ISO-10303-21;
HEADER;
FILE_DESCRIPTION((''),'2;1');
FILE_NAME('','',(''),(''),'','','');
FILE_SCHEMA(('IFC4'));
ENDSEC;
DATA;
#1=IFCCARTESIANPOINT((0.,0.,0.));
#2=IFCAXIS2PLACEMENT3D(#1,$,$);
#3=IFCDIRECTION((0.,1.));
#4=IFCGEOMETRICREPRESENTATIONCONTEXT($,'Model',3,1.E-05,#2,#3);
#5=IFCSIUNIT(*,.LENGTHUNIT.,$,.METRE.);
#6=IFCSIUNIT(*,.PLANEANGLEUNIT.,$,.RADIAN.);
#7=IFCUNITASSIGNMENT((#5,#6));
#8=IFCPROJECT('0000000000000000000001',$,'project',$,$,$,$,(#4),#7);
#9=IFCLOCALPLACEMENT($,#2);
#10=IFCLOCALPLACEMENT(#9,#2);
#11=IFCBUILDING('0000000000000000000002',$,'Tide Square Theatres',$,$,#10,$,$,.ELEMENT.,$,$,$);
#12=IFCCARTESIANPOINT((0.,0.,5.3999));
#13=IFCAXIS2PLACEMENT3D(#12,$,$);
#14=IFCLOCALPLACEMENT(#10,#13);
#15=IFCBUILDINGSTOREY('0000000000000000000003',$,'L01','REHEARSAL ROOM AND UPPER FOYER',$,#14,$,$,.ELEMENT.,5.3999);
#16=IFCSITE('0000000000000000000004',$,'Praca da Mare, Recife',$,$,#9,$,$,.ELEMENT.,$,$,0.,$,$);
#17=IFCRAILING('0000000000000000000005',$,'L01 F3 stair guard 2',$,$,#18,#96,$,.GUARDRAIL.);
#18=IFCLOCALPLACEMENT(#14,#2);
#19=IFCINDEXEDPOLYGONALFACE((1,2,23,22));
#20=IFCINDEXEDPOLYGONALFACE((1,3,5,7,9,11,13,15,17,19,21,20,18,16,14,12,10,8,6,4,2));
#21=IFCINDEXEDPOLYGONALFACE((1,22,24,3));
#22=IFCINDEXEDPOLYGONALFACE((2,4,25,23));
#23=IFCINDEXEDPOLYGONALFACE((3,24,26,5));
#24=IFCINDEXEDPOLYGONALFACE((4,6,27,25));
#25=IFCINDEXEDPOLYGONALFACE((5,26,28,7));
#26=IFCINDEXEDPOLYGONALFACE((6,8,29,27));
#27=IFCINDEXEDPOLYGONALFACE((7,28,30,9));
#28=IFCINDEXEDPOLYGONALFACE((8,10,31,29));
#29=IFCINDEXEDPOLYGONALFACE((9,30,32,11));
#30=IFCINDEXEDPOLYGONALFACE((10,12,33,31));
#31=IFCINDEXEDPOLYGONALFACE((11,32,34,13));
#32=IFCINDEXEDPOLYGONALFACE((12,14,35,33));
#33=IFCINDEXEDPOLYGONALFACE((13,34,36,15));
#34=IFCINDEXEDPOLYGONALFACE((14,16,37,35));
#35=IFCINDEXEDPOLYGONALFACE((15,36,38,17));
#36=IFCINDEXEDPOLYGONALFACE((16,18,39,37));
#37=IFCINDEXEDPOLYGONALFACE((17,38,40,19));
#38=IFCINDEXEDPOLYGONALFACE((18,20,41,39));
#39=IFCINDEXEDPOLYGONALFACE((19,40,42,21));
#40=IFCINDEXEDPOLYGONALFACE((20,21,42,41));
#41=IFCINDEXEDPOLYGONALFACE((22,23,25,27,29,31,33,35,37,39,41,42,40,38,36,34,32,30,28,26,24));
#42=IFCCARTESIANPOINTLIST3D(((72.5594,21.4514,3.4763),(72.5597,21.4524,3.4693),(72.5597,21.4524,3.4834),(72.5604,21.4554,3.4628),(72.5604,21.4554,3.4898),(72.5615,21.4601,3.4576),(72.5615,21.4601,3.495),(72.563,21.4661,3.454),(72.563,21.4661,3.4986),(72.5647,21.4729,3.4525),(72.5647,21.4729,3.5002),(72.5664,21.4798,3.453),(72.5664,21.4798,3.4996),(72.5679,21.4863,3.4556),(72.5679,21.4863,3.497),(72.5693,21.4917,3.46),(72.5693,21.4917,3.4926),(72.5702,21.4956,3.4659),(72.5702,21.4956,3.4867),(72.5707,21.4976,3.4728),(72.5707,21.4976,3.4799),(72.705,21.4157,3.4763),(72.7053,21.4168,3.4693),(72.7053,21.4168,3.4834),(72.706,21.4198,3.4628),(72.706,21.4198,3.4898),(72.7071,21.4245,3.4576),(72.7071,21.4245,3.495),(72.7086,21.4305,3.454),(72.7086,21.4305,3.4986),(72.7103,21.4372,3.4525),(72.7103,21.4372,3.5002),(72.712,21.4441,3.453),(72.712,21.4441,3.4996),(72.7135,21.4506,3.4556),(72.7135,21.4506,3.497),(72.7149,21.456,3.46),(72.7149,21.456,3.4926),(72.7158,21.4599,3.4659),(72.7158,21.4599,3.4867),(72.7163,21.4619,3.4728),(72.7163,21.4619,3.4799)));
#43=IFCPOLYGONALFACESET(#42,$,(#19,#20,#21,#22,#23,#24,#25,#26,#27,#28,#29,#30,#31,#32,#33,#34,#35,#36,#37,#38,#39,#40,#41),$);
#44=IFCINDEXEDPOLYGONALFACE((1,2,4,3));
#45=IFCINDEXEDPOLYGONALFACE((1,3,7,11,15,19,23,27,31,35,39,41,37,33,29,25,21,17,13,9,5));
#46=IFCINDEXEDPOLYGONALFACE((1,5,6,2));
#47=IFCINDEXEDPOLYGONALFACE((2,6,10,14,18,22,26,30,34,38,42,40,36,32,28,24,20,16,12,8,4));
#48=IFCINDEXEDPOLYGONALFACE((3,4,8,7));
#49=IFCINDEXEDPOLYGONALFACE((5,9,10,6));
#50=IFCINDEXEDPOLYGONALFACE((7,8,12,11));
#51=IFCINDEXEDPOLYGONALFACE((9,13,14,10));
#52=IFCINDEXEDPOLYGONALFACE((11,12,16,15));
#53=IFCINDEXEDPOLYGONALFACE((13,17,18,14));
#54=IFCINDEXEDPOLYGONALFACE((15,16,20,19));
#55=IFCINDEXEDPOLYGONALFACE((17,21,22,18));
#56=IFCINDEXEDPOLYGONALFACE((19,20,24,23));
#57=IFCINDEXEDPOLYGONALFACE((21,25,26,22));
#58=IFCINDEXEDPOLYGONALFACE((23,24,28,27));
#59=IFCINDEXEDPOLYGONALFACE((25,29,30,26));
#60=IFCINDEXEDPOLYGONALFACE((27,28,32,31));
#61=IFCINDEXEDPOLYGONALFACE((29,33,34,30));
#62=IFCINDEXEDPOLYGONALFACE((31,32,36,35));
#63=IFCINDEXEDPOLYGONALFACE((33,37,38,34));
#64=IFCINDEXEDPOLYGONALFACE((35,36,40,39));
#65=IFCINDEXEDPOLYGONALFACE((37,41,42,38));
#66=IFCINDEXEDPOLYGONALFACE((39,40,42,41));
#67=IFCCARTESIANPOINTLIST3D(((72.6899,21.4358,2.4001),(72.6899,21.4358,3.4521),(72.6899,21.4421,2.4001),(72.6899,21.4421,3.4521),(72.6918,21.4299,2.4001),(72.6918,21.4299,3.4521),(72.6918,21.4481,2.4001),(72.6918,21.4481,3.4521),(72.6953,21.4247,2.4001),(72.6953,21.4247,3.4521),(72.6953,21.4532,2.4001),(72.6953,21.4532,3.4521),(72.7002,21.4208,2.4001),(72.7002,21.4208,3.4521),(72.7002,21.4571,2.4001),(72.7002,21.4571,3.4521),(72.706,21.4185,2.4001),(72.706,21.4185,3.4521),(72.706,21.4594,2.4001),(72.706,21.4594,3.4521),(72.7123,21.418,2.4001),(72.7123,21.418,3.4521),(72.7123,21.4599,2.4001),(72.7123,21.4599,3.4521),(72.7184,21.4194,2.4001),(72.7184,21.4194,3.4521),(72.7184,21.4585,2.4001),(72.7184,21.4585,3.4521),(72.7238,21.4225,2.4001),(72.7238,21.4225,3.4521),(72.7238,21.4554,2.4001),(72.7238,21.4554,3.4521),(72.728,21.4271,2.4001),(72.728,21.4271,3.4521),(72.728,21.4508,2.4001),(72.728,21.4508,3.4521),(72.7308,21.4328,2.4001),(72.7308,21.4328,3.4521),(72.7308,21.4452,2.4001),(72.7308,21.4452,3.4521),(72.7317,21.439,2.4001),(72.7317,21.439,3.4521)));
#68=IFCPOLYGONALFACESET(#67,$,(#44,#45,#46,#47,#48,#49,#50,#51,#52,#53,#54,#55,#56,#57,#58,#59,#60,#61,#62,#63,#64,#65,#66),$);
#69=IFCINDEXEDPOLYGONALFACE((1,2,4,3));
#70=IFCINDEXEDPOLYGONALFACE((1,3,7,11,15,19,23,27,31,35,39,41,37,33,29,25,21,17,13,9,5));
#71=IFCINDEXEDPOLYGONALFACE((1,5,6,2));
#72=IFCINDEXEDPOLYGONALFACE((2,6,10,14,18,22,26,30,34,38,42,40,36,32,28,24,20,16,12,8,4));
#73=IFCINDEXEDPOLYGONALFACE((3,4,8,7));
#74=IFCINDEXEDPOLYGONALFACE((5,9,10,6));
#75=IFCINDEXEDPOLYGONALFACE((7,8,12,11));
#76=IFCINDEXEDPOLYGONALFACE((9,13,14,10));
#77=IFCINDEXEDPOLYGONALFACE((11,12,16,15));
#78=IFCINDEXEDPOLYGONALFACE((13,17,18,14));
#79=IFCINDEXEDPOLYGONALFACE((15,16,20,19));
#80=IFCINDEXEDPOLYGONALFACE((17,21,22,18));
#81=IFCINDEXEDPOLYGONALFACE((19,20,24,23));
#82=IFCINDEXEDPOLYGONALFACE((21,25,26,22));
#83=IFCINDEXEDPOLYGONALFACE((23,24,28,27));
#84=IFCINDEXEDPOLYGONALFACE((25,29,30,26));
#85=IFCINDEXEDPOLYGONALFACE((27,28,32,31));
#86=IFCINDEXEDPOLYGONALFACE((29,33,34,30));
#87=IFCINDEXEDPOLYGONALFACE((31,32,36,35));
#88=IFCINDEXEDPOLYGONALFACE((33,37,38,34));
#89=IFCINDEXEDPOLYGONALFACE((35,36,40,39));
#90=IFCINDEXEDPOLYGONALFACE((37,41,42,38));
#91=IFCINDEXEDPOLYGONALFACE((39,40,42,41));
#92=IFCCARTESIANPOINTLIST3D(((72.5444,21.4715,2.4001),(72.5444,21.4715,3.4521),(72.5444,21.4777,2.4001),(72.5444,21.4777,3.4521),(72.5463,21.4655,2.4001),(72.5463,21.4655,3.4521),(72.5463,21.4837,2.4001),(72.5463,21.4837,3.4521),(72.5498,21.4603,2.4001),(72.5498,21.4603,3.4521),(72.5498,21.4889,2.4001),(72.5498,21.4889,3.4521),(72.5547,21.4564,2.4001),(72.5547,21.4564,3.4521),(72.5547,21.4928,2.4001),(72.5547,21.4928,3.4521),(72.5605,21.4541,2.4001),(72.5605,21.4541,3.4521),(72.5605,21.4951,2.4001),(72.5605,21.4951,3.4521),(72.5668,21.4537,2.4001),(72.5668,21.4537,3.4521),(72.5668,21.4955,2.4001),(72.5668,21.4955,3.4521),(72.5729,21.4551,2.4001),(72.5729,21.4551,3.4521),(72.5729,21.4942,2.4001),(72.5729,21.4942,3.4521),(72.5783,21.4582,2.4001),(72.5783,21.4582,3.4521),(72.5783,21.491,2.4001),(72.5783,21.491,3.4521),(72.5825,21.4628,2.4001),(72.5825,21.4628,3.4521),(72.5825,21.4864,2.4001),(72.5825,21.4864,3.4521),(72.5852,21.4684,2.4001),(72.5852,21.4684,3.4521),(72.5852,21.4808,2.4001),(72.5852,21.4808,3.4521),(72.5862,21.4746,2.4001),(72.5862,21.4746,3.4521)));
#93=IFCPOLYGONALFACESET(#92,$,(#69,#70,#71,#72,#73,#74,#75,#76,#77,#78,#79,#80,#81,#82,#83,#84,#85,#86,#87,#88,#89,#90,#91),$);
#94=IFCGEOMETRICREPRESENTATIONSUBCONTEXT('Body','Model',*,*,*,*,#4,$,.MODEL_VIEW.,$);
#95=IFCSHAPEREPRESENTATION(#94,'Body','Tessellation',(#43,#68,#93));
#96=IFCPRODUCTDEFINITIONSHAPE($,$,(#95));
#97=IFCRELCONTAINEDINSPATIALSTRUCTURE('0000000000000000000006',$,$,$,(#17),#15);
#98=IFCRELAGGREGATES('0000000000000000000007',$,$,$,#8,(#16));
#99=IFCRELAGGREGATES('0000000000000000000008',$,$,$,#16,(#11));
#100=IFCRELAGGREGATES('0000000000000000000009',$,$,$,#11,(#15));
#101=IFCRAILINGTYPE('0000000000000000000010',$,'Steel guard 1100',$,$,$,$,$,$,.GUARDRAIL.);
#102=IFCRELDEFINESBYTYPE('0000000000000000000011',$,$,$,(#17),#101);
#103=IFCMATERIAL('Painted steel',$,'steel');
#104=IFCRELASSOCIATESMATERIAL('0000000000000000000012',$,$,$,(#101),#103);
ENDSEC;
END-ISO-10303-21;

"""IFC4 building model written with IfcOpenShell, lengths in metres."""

from ifc_helpers import new_model, si_unit, direction, frame, origin, origin_2d, place, context, subcontext, project, spatial, circle, extrude, material, type_object, element, save


model = new_model("IFC4")

# Units and contexts
model_context = context("Model", 3, precision=1e-05, world=origin(), true_north=direction((0.0, 1.0)))
body_context = subcontext(model_context, "Body", "Model", "MODEL_VIEW")
ifc_project = project(units=[si_unit("LENGTHUNIT", "METRE"), si_unit("PLANEANGLEUNIT", "RADIAN")], contexts=[model_context])

# Site, building, storey
site_placement = place(None, origin())
site = spatial("IfcSite", under=ifc_project, at=site_placement, Name="Praca da Mare, Recife", CompositionType="ELEMENT", RefElevation=0.0)
building_placement = place(site_placement, origin())
building = spatial("IfcBuilding", under=site, at=building_placement, Name="Tide Square Theatres", CompositionType="ELEMENT")
storey_placement = place(building_placement, frame((0.0, 0.0, 5.3999)))
storey = spatial("IfcBuildingStorey", under=building, at=storey_placement, Name="L01", Description="REHEARSAL ROOM AND UPPER FOYER", CompositionType="ELEMENT", Elevation=5.3999)

# Railing
ifc_material_1 = material(Name="Painted steel", Category="steel")
railing_type_1 = type_object("IfcRailingType", Name="Steel guard 1100", PredefinedType="GUARDRAIL", material=ifc_material_1)
railing_1_placement = place(storey_placement, frame((72.7107, 21.439, 2.4001)))
element("IfcRailing", 1, at=railing_1_placement, inside=storey, type_object=railing_type_1, Name="L01 F3 stair guard 2", PredefinedType="GUARDRAIL", context=body_context, shape_type="SweptSolid", body=[
    extrude(circle(Radius=0.0239, at=origin_2d()), frame((0.0, 0.0, 1.0762), z_axis=(-0.971282, 0.237931, 0.0), x_axis=(-0.237931, -0.971282, 0.0)), (0.0, 0.0, 1.0), 0.1499),
    extrude(circle(Radius=0.021, at=origin_2d()), origin(), (0.0, 0.0, 1.0), 1.052),
    extrude(circle(Radius=0.021, at=origin_2d()), frame((-0.1455, 0.0356, 0.0)), (0.0, 0.0, 1.0), 1.052),
])

save(model, "model.ifc")
